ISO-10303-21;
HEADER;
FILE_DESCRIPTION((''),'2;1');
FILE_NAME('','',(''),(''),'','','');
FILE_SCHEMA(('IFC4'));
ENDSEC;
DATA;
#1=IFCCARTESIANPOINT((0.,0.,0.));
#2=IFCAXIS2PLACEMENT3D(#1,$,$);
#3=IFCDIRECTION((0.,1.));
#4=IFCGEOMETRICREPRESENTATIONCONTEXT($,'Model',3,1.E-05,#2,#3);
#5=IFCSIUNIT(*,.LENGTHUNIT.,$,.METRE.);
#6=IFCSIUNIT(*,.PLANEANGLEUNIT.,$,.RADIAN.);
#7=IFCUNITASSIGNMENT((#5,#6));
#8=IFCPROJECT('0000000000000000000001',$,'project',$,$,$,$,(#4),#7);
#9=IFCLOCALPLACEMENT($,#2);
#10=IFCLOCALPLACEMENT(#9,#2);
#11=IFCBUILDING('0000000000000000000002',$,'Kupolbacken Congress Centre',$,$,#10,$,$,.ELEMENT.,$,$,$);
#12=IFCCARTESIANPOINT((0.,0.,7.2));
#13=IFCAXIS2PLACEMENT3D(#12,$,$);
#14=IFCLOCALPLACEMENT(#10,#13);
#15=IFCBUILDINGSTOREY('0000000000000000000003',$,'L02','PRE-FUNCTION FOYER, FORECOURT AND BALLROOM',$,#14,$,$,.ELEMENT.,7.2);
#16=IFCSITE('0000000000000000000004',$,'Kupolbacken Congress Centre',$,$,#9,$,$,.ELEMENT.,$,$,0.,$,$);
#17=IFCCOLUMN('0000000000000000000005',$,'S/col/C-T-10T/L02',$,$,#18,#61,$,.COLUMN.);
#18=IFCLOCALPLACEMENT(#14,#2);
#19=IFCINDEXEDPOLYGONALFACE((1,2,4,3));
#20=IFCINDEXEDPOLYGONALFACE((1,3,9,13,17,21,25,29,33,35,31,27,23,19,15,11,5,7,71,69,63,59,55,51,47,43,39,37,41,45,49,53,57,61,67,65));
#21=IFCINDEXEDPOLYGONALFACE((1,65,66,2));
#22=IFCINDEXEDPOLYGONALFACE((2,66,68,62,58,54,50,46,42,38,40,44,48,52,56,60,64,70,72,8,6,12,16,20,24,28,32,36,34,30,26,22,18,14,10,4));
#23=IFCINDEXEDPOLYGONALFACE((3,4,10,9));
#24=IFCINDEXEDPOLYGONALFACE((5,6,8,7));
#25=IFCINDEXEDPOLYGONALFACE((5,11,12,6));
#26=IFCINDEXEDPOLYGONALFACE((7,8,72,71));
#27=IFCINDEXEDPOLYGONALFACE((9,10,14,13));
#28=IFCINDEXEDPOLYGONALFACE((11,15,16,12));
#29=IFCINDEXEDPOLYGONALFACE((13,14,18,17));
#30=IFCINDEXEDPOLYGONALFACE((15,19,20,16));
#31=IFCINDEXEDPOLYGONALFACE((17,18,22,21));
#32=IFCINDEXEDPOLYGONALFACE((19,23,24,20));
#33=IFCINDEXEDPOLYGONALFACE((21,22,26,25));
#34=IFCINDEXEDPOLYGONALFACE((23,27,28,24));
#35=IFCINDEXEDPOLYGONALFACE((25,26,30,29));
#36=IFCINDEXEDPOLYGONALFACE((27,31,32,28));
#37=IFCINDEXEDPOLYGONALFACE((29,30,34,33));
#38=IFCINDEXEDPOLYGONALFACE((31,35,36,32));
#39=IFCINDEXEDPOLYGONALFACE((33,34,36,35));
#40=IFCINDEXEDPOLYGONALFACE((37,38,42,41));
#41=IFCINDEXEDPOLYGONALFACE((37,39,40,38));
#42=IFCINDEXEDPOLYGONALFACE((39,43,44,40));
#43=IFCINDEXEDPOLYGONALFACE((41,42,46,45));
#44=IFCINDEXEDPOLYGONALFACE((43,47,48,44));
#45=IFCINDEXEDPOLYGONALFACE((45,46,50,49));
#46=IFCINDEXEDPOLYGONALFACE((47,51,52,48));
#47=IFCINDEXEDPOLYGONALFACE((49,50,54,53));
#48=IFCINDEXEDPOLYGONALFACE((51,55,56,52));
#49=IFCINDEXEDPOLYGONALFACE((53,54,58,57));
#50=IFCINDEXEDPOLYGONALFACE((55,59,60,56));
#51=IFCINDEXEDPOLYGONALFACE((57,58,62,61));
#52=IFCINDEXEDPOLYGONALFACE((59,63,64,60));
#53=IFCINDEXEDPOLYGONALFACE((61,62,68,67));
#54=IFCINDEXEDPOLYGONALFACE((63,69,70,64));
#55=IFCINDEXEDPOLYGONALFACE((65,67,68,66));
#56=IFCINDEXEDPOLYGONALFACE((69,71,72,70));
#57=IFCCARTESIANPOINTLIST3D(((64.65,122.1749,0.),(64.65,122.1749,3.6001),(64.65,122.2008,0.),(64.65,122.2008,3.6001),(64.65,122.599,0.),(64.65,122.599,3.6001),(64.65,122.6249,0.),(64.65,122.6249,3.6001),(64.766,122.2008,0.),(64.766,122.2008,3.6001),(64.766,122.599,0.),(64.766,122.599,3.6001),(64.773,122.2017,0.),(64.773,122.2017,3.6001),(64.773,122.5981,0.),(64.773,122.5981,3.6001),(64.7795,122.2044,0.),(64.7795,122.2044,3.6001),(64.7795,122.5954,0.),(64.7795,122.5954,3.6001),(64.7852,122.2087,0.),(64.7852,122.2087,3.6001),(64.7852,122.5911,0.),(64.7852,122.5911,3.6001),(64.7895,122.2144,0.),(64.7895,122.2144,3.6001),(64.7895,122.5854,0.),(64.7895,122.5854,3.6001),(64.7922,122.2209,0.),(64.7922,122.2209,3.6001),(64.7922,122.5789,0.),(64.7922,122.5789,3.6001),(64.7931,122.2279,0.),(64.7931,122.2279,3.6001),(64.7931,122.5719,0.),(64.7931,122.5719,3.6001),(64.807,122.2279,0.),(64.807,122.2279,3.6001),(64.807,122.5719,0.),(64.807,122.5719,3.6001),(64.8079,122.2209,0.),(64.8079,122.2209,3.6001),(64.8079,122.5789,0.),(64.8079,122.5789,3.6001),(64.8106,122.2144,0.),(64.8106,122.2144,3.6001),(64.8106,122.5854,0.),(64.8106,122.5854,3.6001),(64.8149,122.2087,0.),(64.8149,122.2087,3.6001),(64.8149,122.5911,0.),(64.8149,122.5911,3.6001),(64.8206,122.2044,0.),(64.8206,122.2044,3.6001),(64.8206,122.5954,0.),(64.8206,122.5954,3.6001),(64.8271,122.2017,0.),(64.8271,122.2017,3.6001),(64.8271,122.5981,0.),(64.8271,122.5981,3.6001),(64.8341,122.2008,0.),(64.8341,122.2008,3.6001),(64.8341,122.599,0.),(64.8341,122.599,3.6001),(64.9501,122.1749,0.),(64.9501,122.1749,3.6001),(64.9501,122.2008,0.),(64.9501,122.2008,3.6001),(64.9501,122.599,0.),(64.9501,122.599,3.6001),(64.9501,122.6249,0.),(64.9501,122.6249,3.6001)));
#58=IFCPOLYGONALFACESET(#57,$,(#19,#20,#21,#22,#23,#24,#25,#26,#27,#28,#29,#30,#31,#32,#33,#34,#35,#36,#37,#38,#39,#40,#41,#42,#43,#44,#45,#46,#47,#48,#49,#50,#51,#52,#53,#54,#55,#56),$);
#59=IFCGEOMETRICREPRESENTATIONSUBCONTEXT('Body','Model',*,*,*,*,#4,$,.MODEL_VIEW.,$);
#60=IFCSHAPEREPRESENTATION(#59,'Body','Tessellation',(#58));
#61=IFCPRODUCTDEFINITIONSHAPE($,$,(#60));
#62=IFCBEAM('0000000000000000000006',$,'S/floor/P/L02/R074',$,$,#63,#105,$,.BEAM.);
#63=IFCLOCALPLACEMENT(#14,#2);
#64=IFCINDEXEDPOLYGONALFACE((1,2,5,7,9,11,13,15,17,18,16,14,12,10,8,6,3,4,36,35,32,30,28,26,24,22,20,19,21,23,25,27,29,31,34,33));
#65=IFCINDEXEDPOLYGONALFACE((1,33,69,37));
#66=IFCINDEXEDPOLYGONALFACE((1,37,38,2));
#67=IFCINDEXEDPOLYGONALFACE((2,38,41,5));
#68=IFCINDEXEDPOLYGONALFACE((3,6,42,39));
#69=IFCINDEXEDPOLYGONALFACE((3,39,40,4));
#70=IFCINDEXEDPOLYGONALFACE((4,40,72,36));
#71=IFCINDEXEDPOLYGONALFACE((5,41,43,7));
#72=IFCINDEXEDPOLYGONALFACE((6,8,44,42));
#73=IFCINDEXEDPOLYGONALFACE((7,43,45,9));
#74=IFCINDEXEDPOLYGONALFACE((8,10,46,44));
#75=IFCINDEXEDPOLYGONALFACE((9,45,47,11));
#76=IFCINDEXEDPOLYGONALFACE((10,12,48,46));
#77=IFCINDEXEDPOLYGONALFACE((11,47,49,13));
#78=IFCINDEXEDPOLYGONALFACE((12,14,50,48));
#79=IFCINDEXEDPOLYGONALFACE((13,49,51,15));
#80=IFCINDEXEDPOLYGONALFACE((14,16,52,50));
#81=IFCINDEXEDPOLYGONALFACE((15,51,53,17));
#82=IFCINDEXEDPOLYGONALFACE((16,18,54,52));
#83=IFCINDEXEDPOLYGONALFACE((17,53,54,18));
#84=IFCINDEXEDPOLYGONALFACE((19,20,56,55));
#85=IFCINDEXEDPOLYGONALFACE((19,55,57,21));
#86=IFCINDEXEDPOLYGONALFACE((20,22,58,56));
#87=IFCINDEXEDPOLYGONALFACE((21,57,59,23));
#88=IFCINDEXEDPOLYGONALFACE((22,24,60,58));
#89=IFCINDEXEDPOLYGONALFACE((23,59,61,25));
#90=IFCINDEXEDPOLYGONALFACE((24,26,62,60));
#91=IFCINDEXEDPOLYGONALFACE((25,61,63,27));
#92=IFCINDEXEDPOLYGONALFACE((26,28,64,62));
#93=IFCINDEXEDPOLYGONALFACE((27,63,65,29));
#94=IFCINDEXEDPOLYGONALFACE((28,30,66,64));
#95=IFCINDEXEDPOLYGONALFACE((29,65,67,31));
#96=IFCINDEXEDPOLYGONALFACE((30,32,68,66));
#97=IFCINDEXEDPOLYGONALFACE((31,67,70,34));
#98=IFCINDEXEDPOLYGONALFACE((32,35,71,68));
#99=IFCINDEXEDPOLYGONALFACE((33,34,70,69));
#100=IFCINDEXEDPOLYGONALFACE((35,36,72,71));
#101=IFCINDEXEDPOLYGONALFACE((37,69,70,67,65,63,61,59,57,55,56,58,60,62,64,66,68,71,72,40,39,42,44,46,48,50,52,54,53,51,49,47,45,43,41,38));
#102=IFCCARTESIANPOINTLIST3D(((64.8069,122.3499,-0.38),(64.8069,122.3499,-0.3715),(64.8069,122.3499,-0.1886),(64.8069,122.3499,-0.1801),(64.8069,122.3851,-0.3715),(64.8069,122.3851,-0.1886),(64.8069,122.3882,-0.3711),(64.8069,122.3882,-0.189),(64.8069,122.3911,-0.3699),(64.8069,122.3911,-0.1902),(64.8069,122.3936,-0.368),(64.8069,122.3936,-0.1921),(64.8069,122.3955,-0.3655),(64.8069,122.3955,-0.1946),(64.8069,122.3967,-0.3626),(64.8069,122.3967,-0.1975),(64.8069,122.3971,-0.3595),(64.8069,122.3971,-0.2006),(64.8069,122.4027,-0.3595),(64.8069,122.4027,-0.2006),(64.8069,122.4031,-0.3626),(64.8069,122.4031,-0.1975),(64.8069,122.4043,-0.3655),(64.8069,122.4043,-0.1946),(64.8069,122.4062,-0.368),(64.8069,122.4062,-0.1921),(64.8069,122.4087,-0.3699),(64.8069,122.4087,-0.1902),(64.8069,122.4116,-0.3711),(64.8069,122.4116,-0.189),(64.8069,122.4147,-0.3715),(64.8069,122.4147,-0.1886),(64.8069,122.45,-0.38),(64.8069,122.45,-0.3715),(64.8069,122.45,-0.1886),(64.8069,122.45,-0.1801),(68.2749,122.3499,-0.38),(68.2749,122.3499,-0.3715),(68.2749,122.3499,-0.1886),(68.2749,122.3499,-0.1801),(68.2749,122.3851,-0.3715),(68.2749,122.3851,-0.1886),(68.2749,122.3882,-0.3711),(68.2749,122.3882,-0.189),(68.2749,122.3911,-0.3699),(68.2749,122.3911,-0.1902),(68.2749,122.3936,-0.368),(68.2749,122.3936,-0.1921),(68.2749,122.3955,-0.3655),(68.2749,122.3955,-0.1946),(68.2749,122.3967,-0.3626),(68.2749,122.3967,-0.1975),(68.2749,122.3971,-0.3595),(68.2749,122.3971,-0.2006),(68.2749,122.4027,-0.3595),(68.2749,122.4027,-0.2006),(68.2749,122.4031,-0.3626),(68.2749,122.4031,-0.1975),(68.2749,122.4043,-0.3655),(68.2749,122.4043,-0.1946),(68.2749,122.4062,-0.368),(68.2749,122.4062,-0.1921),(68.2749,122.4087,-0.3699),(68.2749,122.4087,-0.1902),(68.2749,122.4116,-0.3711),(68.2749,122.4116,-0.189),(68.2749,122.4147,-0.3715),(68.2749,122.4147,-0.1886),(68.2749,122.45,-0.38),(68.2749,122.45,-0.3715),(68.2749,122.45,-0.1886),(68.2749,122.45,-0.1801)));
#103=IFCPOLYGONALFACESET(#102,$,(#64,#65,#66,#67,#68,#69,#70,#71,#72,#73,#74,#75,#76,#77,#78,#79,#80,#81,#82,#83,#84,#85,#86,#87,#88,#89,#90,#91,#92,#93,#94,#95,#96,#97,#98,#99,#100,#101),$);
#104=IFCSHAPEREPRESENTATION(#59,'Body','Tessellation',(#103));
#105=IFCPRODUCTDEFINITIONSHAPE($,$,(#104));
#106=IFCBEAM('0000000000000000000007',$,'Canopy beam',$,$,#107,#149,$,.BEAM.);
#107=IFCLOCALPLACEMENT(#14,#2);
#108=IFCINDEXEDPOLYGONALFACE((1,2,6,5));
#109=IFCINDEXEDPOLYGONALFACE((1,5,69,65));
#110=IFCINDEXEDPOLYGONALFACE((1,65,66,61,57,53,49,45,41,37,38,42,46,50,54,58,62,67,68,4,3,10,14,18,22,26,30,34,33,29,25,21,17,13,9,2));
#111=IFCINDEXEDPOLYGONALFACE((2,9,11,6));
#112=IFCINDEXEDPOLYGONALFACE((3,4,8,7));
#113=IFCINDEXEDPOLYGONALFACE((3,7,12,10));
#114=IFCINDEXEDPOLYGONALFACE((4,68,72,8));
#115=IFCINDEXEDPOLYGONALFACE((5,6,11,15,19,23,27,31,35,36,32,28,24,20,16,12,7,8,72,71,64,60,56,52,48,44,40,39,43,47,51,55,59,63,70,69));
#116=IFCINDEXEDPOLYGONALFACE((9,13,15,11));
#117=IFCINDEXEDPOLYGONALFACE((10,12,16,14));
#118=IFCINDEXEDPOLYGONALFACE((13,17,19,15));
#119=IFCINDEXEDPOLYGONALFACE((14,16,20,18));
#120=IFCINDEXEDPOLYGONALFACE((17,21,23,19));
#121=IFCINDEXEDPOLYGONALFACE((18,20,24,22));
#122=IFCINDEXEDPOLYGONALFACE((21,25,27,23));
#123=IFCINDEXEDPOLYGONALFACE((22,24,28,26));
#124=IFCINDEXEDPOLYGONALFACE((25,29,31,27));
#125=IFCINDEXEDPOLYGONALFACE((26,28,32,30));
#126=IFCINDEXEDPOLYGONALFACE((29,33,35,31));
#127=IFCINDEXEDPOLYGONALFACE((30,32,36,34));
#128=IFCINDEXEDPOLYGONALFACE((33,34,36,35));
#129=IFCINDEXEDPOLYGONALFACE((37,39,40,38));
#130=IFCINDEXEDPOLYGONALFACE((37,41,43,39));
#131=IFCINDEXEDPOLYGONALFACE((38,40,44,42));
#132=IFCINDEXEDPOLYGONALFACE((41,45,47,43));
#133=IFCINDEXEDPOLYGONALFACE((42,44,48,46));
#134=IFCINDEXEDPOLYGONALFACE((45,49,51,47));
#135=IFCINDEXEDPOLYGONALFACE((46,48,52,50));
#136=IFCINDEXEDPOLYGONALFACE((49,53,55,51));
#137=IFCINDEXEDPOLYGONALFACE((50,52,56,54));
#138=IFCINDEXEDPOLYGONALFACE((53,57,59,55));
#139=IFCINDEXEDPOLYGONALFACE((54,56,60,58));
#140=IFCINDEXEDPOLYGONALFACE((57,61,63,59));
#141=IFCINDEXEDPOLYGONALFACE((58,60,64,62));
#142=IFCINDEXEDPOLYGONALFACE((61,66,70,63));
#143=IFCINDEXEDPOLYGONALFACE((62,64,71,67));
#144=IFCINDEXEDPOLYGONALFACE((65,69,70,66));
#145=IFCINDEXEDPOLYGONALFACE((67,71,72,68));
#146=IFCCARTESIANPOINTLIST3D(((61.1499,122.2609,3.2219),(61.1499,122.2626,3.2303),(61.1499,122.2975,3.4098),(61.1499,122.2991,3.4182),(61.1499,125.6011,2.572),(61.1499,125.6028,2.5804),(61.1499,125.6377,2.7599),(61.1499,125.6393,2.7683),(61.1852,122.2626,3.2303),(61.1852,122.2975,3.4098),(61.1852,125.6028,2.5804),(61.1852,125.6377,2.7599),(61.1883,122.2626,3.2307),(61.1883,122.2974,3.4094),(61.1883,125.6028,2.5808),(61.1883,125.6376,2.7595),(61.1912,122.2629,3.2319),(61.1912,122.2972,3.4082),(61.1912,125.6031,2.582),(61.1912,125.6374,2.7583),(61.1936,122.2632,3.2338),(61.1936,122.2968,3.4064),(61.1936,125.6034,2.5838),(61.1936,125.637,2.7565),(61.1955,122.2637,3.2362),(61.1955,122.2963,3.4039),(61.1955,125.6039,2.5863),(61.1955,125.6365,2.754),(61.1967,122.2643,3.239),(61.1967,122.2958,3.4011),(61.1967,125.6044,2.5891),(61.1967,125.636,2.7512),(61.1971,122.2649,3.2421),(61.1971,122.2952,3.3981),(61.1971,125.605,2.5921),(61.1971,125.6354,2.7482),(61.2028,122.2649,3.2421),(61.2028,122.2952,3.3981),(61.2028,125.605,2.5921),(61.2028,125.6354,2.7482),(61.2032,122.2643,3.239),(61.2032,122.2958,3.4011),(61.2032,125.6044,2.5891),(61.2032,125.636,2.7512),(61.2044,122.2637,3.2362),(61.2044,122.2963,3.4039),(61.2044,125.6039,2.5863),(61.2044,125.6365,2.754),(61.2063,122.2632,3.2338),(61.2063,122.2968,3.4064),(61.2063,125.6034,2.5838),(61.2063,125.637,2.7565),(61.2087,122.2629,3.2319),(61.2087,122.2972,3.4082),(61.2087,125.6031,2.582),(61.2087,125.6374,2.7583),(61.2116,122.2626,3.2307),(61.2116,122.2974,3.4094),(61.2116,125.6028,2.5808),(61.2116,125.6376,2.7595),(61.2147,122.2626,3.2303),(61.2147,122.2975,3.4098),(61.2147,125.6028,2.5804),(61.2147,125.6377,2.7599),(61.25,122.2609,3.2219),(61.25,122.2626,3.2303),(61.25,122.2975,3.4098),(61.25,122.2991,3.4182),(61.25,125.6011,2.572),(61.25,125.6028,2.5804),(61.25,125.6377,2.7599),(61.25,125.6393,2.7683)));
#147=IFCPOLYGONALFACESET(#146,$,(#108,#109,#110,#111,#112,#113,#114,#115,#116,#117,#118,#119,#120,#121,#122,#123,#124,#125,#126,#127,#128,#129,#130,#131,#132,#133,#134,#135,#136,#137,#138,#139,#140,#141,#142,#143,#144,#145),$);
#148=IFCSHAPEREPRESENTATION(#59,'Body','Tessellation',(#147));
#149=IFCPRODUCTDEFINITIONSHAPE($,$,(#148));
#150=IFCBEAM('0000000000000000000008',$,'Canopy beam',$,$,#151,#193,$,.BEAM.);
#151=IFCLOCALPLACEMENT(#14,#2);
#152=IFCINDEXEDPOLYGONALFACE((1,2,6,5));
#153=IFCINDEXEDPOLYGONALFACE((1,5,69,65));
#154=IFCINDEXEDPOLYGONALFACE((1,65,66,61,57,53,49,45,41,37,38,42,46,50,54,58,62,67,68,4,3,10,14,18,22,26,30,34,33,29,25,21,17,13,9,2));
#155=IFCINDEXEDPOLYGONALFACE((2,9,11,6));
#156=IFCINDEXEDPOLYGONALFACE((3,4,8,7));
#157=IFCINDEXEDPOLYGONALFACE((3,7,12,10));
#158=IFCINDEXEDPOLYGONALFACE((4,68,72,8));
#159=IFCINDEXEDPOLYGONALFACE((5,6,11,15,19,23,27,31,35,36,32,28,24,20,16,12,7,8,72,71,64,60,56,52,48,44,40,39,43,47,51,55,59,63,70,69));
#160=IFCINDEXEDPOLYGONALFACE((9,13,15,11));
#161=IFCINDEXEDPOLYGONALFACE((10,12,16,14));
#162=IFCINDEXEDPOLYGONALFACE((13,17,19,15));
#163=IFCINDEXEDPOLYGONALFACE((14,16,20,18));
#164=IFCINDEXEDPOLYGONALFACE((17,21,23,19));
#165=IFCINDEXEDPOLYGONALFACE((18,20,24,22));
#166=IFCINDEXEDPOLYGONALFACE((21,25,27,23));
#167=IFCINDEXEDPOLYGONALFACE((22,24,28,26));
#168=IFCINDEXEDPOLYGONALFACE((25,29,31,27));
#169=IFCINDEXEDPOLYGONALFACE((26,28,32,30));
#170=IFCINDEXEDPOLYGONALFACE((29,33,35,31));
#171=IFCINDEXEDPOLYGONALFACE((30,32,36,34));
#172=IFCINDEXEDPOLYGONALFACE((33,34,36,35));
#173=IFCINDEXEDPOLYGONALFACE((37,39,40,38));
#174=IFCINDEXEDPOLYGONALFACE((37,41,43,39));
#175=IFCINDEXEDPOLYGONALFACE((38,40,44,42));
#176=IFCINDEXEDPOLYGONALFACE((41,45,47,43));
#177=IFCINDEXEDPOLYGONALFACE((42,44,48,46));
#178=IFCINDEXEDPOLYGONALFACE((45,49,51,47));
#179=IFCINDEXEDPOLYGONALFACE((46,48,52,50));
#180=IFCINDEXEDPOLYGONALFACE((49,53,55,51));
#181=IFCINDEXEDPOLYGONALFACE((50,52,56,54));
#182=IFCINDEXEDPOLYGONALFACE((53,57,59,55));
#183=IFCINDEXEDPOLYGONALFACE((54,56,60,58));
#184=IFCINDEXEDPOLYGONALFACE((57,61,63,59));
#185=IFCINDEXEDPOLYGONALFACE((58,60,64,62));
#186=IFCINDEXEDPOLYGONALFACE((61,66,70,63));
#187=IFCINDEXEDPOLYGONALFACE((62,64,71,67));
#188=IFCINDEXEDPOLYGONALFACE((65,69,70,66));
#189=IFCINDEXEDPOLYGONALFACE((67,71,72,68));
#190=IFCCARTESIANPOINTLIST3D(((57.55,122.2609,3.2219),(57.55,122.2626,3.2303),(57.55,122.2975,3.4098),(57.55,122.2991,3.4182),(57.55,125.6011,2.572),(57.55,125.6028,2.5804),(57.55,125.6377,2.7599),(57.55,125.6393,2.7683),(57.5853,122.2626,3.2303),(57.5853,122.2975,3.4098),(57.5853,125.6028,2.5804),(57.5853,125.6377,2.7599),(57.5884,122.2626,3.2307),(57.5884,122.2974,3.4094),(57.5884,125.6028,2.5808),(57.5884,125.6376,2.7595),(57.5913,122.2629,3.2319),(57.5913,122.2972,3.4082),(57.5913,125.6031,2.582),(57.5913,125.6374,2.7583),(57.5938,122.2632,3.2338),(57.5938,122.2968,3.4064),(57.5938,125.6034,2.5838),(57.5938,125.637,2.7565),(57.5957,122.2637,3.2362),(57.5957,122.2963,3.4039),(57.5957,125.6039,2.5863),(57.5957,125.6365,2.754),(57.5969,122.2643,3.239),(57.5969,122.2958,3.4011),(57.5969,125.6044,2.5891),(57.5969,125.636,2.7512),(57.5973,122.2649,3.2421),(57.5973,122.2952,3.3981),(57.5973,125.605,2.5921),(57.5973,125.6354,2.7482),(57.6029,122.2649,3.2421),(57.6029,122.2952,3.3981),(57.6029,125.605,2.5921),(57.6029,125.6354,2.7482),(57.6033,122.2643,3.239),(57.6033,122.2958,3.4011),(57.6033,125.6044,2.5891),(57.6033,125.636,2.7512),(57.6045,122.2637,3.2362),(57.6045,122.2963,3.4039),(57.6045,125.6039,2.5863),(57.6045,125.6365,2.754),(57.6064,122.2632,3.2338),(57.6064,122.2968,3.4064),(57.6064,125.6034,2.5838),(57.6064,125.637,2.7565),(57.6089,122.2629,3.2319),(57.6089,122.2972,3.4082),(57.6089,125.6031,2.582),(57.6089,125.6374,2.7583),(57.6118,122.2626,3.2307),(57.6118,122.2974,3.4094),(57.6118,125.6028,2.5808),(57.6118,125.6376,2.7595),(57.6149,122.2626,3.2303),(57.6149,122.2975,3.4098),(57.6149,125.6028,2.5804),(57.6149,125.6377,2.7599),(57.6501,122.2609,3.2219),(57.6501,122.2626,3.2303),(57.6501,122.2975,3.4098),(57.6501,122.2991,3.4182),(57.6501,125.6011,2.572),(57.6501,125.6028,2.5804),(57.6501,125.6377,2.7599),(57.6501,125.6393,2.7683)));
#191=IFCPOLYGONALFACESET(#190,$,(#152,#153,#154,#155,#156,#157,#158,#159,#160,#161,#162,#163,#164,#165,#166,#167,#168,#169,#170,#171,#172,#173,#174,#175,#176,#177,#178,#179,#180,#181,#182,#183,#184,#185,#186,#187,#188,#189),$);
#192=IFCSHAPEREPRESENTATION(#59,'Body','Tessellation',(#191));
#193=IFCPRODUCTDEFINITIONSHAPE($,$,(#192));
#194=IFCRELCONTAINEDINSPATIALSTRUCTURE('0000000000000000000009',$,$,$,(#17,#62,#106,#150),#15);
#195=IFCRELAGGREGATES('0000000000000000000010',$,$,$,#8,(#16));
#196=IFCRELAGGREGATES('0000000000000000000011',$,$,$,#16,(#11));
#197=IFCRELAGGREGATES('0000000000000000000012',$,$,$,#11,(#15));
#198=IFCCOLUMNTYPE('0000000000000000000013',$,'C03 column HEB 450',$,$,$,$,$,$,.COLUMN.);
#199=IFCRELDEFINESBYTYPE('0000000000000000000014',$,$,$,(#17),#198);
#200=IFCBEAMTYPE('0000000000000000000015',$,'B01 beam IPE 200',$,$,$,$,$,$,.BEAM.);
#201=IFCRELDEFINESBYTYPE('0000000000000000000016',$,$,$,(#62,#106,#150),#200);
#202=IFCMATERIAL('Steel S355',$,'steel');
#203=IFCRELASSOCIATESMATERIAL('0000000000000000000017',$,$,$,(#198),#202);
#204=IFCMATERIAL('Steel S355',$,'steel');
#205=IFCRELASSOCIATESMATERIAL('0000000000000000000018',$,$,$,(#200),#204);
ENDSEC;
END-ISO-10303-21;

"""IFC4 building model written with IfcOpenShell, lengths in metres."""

from ifc_helpers import new_model, si_unit, direction, frame, origin, origin_2d, place, context, subcontext, project, spatial, i_section, extrude, material, material_profile, profile_set, type_object, element, save


model = new_model("IFC4")

# Units and contexts
model_context = context("Model", 3, precision=1e-05, world=origin(), true_north=direction((0.0, 1.0)))
body_context = subcontext(model_context, "Body", "Model", "MODEL_VIEW")
ifc_project = project(units=[si_unit("LENGTHUNIT", "METRE"), si_unit("PLANEANGLEUNIT", "RADIAN")], contexts=[model_context])

# Site, building, storey
site_placement = place(None, origin())
site = spatial("IfcSite", under=ifc_project, at=site_placement, Name="Kupolbacken Congress Centre", CompositionType="ELEMENT", RefElevation=0.0)
building_placement = place(site_placement, origin())
building = spatial("IfcBuilding", under=site, at=building_placement, Name="Kupolbacken Congress Centre", CompositionType="ELEMENT")
storey_placement = place(building_placement, frame((0.0, 0.0, 7.2)))
storey = spatial("IfcBuildingStorey", under=building, at=storey_placement, Name="L02", Description="PRE-FUNCTION FOYER, FORECOURT AND BALLROOM", CompositionType="ELEMENT", Elevation=7.2)

# Column
ifc_material_1 = material(Name="Steel S355", Category="steel")
ifc_material_profile_1 = material_profile(ifc_material_1, i_section(OverallWidth=0.3, OverallDepth=0.45, WebThickness=0.0139, FlangeThickness=0.0259, FilletRadius=0.0271, at=origin_2d()), Name="HEB 450")
ifc_profile_set_1 = profile_set([ifc_material_profile_1], Name="Steel S355")
column_type = type_object("IfcColumnType", Name="C03 column HEB 450", PredefinedType="COLUMN", material=ifc_profile_set_1)
column_placement = place(storey_placement, frame((64.8, 122.3999, 0.0), z_axis=(0.0, 0.0, 1.0), x_axis=(1.0, 0.0, 0.0)))
element("IfcColumn", 1, at=column_placement, inside=storey, type_object=column_type, Name="S/col/C-T-10T/L02", PredefinedType="COLUMN", context=body_context, shape_type="SweptSolid", body=[
    extrude(i_section(OverallWidth=0.3, OverallDepth=0.45, WebThickness=0.0139, FlangeThickness=0.0259, FilletRadius=0.0271, at=origin_2d()), origin(), (0.0, 0.0, 1.0), 3.6001),
])

# Beams
ifc_material_2 = material(Name="Steel S355", Category="steel")
ifc_material_profile_2 = material_profile(ifc_material_2, i_section(OverallWidth=0.1001, OverallDepth=0.2, WebThickness=0.0056, FlangeThickness=0.0085, FilletRadius=0.012, at=origin_2d()), Name="IPE 200")
ifc_profile_set_2 = profile_set([ifc_material_profile_2], Name="Steel S355")
beam_type_1 = type_object("IfcBeamType", Name="B01 beam IPE 200", PredefinedType="BEAM", material=ifc_profile_set_2)
beam_placement = place(storey_placement, frame((64.8069, 122.3999, -0.28), z_axis=(1.0, 0.0, 0.0), x_axis=(0.0, 1.0, 0.0)))
element("IfcBeam", 2, at=beam_placement, inside=storey, type_object=beam_type_1, Name="S/floor/P/L02/R074", PredefinedType="BEAM", context=body_context, shape_type="SweptSolid", body=[
    extrude(i_section(OverallWidth=0.1001, OverallDepth=0.2, WebThickness=0.0056, FlangeThickness=0.0085, FilletRadius=0.012, at=origin_2d()), origin(), (0.0, 0.0, 1.0), 3.468),
])
for number, where, z_axis, x_axis, name in (
    (3, (61.2, 122.28, 3.3201), (0.0, 0.981591, -0.190994), (-1.0, 0.0, 0.0), "Canopy beam"),
    (4, (57.6001, 122.28, 3.3201), (0.0, 0.981591, -0.190994), (-1.0, 0.0, 0.0), "Canopy beam"),
):
    element("IfcBeam", number, at=place(storey_placement, frame(where, z_axis=z_axis, x_axis=x_axis)), inside=storey, type_object=beam_type_1, Name=name, PredefinedType="BEAM", context=body_context, shape_type="SweptSolid", body=[
        extrude(i_section(OverallWidth=0.1001, OverallDepth=0.2, WebThickness=0.0056, FlangeThickness=0.0085, FilletRadius=0.012, at=origin_2d()), origin(), (0.0, 0.0, 1.0), 3.4028),
    ])

save(model, "model.ifc")
